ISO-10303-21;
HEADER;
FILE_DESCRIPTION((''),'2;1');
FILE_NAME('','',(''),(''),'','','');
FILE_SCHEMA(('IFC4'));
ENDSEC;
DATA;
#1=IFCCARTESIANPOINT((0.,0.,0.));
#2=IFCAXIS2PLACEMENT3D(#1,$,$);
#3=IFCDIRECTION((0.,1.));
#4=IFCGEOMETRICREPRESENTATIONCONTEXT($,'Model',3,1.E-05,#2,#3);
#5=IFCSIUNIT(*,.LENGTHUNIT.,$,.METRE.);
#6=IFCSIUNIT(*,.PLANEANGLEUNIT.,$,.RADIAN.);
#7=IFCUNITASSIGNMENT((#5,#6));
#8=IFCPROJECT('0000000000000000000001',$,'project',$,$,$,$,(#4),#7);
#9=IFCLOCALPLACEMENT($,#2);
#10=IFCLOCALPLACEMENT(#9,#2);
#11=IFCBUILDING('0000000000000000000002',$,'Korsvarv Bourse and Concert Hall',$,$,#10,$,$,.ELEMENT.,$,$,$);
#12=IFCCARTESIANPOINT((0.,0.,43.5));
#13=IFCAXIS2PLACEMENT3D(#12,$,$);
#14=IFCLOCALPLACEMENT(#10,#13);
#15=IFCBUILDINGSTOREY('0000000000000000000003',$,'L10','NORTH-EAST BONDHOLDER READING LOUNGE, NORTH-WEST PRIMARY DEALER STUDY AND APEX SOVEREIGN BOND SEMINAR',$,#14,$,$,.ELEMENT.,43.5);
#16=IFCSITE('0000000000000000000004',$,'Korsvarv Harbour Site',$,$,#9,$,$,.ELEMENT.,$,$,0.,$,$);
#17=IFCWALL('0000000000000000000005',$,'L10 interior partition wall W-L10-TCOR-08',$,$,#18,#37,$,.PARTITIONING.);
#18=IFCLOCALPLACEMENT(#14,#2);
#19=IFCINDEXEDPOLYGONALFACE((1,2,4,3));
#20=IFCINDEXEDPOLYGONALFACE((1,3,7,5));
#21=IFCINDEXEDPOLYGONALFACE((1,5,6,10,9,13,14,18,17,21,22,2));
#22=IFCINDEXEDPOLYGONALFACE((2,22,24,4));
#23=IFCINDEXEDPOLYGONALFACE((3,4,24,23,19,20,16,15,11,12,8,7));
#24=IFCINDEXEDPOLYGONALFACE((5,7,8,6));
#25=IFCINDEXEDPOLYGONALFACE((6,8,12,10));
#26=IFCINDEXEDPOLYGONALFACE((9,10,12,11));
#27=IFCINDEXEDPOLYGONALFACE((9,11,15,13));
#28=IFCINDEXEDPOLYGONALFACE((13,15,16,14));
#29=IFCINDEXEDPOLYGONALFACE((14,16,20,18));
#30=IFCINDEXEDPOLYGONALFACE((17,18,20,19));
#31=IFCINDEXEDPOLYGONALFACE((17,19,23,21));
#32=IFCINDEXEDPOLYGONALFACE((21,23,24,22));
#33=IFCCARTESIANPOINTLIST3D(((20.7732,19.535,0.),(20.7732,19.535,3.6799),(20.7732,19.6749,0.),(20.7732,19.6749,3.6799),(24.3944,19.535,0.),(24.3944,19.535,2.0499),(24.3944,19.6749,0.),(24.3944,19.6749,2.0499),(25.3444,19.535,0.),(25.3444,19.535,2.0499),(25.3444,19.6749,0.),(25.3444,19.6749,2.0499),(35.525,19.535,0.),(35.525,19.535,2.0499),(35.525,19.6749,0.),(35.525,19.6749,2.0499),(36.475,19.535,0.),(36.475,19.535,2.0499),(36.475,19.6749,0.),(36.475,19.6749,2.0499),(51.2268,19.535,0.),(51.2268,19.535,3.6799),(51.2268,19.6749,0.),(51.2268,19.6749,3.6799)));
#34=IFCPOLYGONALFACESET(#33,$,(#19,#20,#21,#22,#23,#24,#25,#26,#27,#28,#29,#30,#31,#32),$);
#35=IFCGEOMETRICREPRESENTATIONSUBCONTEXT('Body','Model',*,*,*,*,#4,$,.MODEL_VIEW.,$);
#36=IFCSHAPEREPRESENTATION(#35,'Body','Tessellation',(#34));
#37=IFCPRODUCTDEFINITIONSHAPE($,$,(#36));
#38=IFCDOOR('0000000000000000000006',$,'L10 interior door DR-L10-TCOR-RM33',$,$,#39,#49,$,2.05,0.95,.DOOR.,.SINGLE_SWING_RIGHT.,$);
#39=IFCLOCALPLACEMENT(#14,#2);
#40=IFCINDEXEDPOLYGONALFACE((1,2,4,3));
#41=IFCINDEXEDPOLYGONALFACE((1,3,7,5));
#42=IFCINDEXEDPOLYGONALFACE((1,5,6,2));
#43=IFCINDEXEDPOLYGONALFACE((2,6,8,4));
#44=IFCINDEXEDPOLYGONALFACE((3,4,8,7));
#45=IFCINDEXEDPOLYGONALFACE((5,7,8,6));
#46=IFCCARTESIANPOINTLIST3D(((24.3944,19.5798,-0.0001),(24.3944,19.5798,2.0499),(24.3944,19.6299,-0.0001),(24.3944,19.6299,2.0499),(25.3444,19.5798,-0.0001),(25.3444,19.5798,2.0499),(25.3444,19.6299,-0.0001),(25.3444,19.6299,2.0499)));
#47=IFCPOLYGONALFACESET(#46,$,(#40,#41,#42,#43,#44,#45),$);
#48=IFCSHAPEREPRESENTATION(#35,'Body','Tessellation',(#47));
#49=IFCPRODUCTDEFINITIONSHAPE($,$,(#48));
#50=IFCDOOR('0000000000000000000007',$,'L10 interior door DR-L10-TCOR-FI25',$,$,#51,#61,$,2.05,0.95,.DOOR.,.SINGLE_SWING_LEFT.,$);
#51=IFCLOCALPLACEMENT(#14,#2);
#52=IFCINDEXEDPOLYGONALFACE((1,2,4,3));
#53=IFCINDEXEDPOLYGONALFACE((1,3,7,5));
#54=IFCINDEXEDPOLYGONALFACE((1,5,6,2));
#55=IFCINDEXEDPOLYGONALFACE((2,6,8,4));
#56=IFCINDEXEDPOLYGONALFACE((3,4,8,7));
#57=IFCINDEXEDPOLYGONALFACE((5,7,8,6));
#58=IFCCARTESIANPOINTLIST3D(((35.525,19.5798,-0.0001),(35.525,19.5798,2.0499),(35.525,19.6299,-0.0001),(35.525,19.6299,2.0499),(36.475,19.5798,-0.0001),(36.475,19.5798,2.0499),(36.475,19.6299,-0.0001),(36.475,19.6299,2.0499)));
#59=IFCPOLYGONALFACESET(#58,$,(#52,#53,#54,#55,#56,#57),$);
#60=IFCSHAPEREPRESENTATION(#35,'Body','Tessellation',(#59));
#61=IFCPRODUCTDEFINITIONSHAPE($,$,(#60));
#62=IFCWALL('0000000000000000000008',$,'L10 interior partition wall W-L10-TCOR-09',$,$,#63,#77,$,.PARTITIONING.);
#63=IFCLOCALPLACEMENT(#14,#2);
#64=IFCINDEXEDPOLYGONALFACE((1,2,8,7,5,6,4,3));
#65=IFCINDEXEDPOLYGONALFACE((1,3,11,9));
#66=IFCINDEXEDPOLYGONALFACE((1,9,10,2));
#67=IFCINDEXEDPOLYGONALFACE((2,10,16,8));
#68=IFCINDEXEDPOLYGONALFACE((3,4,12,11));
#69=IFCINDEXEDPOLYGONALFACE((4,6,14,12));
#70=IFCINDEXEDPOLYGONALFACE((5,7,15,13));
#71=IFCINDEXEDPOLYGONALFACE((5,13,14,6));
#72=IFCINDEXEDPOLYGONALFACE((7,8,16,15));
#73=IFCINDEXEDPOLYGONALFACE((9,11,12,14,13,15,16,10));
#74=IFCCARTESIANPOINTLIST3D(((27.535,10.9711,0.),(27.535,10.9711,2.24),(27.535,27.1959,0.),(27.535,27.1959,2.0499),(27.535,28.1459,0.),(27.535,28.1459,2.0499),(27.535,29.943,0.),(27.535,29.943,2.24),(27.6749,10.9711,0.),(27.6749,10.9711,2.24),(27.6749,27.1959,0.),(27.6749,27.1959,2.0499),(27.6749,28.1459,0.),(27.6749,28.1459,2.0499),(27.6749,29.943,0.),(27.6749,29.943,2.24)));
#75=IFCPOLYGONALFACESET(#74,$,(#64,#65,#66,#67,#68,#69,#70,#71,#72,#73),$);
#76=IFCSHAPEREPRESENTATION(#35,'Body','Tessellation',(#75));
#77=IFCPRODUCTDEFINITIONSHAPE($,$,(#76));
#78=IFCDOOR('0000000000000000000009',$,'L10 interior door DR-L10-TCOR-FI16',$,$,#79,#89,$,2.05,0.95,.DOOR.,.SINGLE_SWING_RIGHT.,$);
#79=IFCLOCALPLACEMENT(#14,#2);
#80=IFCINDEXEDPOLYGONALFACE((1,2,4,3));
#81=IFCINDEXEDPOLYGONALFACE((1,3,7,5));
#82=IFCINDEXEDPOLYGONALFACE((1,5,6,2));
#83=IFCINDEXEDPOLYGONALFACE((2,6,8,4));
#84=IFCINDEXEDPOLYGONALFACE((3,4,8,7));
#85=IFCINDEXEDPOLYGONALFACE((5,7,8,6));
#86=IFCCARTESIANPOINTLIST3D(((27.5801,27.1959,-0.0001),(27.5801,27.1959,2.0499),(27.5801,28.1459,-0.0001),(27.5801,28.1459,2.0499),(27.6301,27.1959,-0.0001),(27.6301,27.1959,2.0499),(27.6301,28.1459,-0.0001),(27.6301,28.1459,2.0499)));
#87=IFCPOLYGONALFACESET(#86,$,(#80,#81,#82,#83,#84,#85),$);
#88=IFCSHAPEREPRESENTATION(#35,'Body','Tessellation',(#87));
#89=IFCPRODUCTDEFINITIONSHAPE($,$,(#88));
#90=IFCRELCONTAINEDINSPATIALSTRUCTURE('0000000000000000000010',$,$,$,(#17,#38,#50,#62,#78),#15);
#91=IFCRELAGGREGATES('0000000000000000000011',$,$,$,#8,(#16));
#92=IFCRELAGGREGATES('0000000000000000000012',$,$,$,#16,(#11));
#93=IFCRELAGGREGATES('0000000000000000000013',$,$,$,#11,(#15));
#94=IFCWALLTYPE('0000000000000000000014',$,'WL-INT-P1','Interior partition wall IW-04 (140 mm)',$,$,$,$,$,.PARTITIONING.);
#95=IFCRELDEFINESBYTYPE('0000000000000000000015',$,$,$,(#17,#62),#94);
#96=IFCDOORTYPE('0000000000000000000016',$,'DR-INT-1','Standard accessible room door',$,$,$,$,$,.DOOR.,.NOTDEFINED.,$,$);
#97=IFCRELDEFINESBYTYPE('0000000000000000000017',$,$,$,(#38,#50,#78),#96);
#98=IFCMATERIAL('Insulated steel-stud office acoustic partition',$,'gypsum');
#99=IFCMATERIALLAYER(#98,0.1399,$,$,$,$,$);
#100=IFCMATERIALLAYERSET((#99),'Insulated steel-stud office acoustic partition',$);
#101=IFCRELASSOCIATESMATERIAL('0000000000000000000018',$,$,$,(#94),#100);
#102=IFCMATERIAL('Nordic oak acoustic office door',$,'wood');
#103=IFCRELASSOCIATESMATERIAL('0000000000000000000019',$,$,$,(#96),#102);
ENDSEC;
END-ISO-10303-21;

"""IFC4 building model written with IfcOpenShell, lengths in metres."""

from ifc_helpers import new_model, si_unit, direction, frame, frame_2d, origin, place, context, subcontext, project, spatial, rectangle, extrude, material, layer, layer_set, type_object, element, fill, save


model = new_model("IFC4")

# Units and contexts
model_context = context("Model", 3, precision=1e-05, world=origin(), true_north=direction((0.0, 1.0)))
body_context = subcontext(model_context, "Body", "Model", "MODEL_VIEW")
ifc_project = project(units=[si_unit("LENGTHUNIT", "METRE"), si_unit("PLANEANGLEUNIT", "RADIAN")], contexts=[model_context])

# Site, building, storey
site_placement = place(None, origin())
site = spatial("IfcSite", under=ifc_project, at=site_placement, Name="Korsvarv Harbour Site", CompositionType="ELEMENT", RefElevation=0.0)
building_placement = place(site_placement, origin())
building = spatial("IfcBuilding", under=site, at=building_placement, Name="Korsvarv Bourse and Concert Hall", CompositionType="ELEMENT")
storey_placement = place(building_placement, frame((0.0, 0.0, 43.5)))
storey = spatial("IfcBuildingStorey", under=building, at=storey_placement, Name="L10", Description="NORTH-EAST BONDHOLDER READING LOUNGE, NORTH-WEST PRIMARY DEALER STUDY AND APEX SOVEREIGN BOND SEMINAR", CompositionType="ELEMENT", Elevation=43.5)

# Wall, openings, doors
ifc_material_1 = material(Name="Insulated steel-stud office acoustic partition", Category="gypsum")
ifc_layer_1 = layer(ifc_material_1, 0.1399)
ifc_layer_set_1 = layer_set([ifc_layer_1], Name="Insulated steel-stud office acoustic partition")
wall_type_1 = type_object("IfcWallType", Name="WL-INT-P1", Description="Interior partition wall IW-04 (140 mm)", PredefinedType="PARTITIONING", material=ifc_layer_set_1)
wall_1_placement = place(storey_placement, frame((20.7732, 19.605, 0.0), z_axis=(0.0, 0.0, 1.0), x_axis=(1.0, 0.0, 0.0)))
wall_1 = element("IfcWall", 1, at=wall_1_placement, inside=storey, type_object=wall_type_1, Name="L10 interior partition wall W-L10-TCOR-08", PredefinedType="PARTITIONING", context=body_context, shape_type="SweptSolid", body=[
    extrude(rectangle(XDim=30.4536, YDim=0.1399, at=frame_2d((15.2268, 0.0))), origin(), (0.0, 0.0, 1.0), 3.6799),
])
opening_1_placement = place(wall_1_placement, frame((3.6211, 0.0, 0.0)))
opening_1 = element("IfcOpeningElement", 2, at=opening_1_placement, cuts=wall_1, PredefinedType="OPENING", context=body_context, shape_type="SweptSolid", body=[
    extrude(rectangle(XDim=0.95, YDim=2.05, at=frame_2d((0.4751, 1.0249))), frame((0.0, 0.0801, 0.0), z_axis=(0.0, -1.0, 0.0), x_axis=(1.0, 0.0, 0.0)), (0.0, 0.0, 1.0), 0.1599),
])
opening_2_placement = place(wall_1_placement, frame((14.7517, 0.0, 0.0)))
opening_2 = element("IfcOpeningElement", 3, at=opening_2_placement, cuts=wall_1, PredefinedType="OPENING", context=body_context, shape_type="SweptSolid", body=[
    extrude(rectangle(XDim=0.95, YDim=2.05, at=frame_2d((0.4751, 1.0249))), frame((0.0, 0.0801, 0.0), z_axis=(0.0, -1.0, 0.0), x_axis=(1.0, 0.0, 0.0)), (0.0, 0.0, 1.0), 0.1599),
])
ifc_material_2 = material(Name="Nordic oak acoustic office door", Category="wood")
door_type = type_object("IfcDoorType", Name="DR-INT-1", Description="Standard accessible room door", OperationType="NOTDEFINED", PredefinedType="DOOR", material=ifc_material_2)
door_1_placement = place(opening_1_placement, origin())
door_1 = element("IfcDoor", 4, at=door_1_placement, inside=storey, type_object=door_type, Name="L10 interior door DR-L10-TCOR-RM33", OperationType="SINGLE_SWING_RIGHT", OverallHeight=2.05, OverallWidth=0.95, PredefinedType="DOOR", context=body_context, shape_type="SweptSolid", body=[
    extrude(rectangle(XDim=0.95, YDim=2.05, at=frame_2d((0.4751, 1.0249))), frame((0.0, 0.0249, 0.0), z_axis=(0.0, -1.0, 0.0), x_axis=(1.0, 0.0, 0.0)), (0.0, 0.0, 1.0), 0.05),
])
fill(opening_1, door_1)
door_2_placement = place(opening_2_placement, origin())
door_2 = element("IfcDoor", 5, at=door_2_placement, inside=storey, type_object=door_type, Name="L10 interior door DR-L10-TCOR-FI25", OperationType="SINGLE_SWING_LEFT", OverallHeight=2.05, OverallWidth=0.95, PredefinedType="DOOR", context=body_context, shape_type="SweptSolid", body=[
    extrude(rectangle(XDim=0.95, YDim=2.05, at=frame_2d((0.4751, 1.0249))), frame((0.0, 0.0249, 0.0), z_axis=(0.0, -1.0, 0.0), x_axis=(1.0, 0.0, 0.0)), (0.0, 0.0, 1.0), 0.05),
])
fill(opening_2, door_2)

# Wall, opening, door
wall_2_placement = place(storey_placement, frame((27.605, 10.9712, 0.0), z_axis=(0.0, 0.0, 1.0), x_axis=(0.0, 1.0, 0.0)))
wall_2 = element("IfcWall", 6, at=wall_2_placement, inside=storey, type_object=wall_type_1, Name="L10 interior partition wall W-L10-TCOR-09", PredefinedType="PARTITIONING", context=body_context, shape_type="SweptSolid", body=[
    extrude(rectangle(XDim=18.9719, YDim=0.1399, at=frame_2d((9.4858, 0.0))), origin(), (0.0, 0.0, 1.0), 2.24),
])
opening_3_placement = place(wall_2_placement, frame((16.2246, 0.0, 0.0)))
opening_3 = element("IfcOpeningElement", 7, at=opening_3_placement, cuts=wall_2, PredefinedType="OPENING", context=body_context, shape_type="SweptSolid", body=[
    extrude(rectangle(XDim=0.95, YDim=2.05, at=frame_2d((0.4751, 1.0249))), frame((0.0, 0.0801, 0.0), z_axis=(0.0, -1.0, 0.0), x_axis=(1.0, 0.0, 0.0)), (0.0, 0.0, 1.0), 0.1599),
])
door_3_placement = place(opening_3_placement, origin())
door_3 = element("IfcDoor", 8, at=door_3_placement, inside=storey, type_object=door_type, Name="L10 interior door DR-L10-TCOR-FI16", OperationType="SINGLE_SWING_RIGHT", OverallHeight=2.05, OverallWidth=0.95, PredefinedType="DOOR", context=body_context, shape_type="SweptSolid", body=[
    extrude(rectangle(XDim=0.95, YDim=2.05, at=frame_2d((0.4751, 1.0249))), frame((0.0, 0.0249, 0.0), z_axis=(0.0, -1.0, 0.0), x_axis=(1.0, 0.0, 0.0)), (0.0, 0.0, 1.0), 0.05),
])
fill(opening_3, door_3)

save(model, "model.ifc")
